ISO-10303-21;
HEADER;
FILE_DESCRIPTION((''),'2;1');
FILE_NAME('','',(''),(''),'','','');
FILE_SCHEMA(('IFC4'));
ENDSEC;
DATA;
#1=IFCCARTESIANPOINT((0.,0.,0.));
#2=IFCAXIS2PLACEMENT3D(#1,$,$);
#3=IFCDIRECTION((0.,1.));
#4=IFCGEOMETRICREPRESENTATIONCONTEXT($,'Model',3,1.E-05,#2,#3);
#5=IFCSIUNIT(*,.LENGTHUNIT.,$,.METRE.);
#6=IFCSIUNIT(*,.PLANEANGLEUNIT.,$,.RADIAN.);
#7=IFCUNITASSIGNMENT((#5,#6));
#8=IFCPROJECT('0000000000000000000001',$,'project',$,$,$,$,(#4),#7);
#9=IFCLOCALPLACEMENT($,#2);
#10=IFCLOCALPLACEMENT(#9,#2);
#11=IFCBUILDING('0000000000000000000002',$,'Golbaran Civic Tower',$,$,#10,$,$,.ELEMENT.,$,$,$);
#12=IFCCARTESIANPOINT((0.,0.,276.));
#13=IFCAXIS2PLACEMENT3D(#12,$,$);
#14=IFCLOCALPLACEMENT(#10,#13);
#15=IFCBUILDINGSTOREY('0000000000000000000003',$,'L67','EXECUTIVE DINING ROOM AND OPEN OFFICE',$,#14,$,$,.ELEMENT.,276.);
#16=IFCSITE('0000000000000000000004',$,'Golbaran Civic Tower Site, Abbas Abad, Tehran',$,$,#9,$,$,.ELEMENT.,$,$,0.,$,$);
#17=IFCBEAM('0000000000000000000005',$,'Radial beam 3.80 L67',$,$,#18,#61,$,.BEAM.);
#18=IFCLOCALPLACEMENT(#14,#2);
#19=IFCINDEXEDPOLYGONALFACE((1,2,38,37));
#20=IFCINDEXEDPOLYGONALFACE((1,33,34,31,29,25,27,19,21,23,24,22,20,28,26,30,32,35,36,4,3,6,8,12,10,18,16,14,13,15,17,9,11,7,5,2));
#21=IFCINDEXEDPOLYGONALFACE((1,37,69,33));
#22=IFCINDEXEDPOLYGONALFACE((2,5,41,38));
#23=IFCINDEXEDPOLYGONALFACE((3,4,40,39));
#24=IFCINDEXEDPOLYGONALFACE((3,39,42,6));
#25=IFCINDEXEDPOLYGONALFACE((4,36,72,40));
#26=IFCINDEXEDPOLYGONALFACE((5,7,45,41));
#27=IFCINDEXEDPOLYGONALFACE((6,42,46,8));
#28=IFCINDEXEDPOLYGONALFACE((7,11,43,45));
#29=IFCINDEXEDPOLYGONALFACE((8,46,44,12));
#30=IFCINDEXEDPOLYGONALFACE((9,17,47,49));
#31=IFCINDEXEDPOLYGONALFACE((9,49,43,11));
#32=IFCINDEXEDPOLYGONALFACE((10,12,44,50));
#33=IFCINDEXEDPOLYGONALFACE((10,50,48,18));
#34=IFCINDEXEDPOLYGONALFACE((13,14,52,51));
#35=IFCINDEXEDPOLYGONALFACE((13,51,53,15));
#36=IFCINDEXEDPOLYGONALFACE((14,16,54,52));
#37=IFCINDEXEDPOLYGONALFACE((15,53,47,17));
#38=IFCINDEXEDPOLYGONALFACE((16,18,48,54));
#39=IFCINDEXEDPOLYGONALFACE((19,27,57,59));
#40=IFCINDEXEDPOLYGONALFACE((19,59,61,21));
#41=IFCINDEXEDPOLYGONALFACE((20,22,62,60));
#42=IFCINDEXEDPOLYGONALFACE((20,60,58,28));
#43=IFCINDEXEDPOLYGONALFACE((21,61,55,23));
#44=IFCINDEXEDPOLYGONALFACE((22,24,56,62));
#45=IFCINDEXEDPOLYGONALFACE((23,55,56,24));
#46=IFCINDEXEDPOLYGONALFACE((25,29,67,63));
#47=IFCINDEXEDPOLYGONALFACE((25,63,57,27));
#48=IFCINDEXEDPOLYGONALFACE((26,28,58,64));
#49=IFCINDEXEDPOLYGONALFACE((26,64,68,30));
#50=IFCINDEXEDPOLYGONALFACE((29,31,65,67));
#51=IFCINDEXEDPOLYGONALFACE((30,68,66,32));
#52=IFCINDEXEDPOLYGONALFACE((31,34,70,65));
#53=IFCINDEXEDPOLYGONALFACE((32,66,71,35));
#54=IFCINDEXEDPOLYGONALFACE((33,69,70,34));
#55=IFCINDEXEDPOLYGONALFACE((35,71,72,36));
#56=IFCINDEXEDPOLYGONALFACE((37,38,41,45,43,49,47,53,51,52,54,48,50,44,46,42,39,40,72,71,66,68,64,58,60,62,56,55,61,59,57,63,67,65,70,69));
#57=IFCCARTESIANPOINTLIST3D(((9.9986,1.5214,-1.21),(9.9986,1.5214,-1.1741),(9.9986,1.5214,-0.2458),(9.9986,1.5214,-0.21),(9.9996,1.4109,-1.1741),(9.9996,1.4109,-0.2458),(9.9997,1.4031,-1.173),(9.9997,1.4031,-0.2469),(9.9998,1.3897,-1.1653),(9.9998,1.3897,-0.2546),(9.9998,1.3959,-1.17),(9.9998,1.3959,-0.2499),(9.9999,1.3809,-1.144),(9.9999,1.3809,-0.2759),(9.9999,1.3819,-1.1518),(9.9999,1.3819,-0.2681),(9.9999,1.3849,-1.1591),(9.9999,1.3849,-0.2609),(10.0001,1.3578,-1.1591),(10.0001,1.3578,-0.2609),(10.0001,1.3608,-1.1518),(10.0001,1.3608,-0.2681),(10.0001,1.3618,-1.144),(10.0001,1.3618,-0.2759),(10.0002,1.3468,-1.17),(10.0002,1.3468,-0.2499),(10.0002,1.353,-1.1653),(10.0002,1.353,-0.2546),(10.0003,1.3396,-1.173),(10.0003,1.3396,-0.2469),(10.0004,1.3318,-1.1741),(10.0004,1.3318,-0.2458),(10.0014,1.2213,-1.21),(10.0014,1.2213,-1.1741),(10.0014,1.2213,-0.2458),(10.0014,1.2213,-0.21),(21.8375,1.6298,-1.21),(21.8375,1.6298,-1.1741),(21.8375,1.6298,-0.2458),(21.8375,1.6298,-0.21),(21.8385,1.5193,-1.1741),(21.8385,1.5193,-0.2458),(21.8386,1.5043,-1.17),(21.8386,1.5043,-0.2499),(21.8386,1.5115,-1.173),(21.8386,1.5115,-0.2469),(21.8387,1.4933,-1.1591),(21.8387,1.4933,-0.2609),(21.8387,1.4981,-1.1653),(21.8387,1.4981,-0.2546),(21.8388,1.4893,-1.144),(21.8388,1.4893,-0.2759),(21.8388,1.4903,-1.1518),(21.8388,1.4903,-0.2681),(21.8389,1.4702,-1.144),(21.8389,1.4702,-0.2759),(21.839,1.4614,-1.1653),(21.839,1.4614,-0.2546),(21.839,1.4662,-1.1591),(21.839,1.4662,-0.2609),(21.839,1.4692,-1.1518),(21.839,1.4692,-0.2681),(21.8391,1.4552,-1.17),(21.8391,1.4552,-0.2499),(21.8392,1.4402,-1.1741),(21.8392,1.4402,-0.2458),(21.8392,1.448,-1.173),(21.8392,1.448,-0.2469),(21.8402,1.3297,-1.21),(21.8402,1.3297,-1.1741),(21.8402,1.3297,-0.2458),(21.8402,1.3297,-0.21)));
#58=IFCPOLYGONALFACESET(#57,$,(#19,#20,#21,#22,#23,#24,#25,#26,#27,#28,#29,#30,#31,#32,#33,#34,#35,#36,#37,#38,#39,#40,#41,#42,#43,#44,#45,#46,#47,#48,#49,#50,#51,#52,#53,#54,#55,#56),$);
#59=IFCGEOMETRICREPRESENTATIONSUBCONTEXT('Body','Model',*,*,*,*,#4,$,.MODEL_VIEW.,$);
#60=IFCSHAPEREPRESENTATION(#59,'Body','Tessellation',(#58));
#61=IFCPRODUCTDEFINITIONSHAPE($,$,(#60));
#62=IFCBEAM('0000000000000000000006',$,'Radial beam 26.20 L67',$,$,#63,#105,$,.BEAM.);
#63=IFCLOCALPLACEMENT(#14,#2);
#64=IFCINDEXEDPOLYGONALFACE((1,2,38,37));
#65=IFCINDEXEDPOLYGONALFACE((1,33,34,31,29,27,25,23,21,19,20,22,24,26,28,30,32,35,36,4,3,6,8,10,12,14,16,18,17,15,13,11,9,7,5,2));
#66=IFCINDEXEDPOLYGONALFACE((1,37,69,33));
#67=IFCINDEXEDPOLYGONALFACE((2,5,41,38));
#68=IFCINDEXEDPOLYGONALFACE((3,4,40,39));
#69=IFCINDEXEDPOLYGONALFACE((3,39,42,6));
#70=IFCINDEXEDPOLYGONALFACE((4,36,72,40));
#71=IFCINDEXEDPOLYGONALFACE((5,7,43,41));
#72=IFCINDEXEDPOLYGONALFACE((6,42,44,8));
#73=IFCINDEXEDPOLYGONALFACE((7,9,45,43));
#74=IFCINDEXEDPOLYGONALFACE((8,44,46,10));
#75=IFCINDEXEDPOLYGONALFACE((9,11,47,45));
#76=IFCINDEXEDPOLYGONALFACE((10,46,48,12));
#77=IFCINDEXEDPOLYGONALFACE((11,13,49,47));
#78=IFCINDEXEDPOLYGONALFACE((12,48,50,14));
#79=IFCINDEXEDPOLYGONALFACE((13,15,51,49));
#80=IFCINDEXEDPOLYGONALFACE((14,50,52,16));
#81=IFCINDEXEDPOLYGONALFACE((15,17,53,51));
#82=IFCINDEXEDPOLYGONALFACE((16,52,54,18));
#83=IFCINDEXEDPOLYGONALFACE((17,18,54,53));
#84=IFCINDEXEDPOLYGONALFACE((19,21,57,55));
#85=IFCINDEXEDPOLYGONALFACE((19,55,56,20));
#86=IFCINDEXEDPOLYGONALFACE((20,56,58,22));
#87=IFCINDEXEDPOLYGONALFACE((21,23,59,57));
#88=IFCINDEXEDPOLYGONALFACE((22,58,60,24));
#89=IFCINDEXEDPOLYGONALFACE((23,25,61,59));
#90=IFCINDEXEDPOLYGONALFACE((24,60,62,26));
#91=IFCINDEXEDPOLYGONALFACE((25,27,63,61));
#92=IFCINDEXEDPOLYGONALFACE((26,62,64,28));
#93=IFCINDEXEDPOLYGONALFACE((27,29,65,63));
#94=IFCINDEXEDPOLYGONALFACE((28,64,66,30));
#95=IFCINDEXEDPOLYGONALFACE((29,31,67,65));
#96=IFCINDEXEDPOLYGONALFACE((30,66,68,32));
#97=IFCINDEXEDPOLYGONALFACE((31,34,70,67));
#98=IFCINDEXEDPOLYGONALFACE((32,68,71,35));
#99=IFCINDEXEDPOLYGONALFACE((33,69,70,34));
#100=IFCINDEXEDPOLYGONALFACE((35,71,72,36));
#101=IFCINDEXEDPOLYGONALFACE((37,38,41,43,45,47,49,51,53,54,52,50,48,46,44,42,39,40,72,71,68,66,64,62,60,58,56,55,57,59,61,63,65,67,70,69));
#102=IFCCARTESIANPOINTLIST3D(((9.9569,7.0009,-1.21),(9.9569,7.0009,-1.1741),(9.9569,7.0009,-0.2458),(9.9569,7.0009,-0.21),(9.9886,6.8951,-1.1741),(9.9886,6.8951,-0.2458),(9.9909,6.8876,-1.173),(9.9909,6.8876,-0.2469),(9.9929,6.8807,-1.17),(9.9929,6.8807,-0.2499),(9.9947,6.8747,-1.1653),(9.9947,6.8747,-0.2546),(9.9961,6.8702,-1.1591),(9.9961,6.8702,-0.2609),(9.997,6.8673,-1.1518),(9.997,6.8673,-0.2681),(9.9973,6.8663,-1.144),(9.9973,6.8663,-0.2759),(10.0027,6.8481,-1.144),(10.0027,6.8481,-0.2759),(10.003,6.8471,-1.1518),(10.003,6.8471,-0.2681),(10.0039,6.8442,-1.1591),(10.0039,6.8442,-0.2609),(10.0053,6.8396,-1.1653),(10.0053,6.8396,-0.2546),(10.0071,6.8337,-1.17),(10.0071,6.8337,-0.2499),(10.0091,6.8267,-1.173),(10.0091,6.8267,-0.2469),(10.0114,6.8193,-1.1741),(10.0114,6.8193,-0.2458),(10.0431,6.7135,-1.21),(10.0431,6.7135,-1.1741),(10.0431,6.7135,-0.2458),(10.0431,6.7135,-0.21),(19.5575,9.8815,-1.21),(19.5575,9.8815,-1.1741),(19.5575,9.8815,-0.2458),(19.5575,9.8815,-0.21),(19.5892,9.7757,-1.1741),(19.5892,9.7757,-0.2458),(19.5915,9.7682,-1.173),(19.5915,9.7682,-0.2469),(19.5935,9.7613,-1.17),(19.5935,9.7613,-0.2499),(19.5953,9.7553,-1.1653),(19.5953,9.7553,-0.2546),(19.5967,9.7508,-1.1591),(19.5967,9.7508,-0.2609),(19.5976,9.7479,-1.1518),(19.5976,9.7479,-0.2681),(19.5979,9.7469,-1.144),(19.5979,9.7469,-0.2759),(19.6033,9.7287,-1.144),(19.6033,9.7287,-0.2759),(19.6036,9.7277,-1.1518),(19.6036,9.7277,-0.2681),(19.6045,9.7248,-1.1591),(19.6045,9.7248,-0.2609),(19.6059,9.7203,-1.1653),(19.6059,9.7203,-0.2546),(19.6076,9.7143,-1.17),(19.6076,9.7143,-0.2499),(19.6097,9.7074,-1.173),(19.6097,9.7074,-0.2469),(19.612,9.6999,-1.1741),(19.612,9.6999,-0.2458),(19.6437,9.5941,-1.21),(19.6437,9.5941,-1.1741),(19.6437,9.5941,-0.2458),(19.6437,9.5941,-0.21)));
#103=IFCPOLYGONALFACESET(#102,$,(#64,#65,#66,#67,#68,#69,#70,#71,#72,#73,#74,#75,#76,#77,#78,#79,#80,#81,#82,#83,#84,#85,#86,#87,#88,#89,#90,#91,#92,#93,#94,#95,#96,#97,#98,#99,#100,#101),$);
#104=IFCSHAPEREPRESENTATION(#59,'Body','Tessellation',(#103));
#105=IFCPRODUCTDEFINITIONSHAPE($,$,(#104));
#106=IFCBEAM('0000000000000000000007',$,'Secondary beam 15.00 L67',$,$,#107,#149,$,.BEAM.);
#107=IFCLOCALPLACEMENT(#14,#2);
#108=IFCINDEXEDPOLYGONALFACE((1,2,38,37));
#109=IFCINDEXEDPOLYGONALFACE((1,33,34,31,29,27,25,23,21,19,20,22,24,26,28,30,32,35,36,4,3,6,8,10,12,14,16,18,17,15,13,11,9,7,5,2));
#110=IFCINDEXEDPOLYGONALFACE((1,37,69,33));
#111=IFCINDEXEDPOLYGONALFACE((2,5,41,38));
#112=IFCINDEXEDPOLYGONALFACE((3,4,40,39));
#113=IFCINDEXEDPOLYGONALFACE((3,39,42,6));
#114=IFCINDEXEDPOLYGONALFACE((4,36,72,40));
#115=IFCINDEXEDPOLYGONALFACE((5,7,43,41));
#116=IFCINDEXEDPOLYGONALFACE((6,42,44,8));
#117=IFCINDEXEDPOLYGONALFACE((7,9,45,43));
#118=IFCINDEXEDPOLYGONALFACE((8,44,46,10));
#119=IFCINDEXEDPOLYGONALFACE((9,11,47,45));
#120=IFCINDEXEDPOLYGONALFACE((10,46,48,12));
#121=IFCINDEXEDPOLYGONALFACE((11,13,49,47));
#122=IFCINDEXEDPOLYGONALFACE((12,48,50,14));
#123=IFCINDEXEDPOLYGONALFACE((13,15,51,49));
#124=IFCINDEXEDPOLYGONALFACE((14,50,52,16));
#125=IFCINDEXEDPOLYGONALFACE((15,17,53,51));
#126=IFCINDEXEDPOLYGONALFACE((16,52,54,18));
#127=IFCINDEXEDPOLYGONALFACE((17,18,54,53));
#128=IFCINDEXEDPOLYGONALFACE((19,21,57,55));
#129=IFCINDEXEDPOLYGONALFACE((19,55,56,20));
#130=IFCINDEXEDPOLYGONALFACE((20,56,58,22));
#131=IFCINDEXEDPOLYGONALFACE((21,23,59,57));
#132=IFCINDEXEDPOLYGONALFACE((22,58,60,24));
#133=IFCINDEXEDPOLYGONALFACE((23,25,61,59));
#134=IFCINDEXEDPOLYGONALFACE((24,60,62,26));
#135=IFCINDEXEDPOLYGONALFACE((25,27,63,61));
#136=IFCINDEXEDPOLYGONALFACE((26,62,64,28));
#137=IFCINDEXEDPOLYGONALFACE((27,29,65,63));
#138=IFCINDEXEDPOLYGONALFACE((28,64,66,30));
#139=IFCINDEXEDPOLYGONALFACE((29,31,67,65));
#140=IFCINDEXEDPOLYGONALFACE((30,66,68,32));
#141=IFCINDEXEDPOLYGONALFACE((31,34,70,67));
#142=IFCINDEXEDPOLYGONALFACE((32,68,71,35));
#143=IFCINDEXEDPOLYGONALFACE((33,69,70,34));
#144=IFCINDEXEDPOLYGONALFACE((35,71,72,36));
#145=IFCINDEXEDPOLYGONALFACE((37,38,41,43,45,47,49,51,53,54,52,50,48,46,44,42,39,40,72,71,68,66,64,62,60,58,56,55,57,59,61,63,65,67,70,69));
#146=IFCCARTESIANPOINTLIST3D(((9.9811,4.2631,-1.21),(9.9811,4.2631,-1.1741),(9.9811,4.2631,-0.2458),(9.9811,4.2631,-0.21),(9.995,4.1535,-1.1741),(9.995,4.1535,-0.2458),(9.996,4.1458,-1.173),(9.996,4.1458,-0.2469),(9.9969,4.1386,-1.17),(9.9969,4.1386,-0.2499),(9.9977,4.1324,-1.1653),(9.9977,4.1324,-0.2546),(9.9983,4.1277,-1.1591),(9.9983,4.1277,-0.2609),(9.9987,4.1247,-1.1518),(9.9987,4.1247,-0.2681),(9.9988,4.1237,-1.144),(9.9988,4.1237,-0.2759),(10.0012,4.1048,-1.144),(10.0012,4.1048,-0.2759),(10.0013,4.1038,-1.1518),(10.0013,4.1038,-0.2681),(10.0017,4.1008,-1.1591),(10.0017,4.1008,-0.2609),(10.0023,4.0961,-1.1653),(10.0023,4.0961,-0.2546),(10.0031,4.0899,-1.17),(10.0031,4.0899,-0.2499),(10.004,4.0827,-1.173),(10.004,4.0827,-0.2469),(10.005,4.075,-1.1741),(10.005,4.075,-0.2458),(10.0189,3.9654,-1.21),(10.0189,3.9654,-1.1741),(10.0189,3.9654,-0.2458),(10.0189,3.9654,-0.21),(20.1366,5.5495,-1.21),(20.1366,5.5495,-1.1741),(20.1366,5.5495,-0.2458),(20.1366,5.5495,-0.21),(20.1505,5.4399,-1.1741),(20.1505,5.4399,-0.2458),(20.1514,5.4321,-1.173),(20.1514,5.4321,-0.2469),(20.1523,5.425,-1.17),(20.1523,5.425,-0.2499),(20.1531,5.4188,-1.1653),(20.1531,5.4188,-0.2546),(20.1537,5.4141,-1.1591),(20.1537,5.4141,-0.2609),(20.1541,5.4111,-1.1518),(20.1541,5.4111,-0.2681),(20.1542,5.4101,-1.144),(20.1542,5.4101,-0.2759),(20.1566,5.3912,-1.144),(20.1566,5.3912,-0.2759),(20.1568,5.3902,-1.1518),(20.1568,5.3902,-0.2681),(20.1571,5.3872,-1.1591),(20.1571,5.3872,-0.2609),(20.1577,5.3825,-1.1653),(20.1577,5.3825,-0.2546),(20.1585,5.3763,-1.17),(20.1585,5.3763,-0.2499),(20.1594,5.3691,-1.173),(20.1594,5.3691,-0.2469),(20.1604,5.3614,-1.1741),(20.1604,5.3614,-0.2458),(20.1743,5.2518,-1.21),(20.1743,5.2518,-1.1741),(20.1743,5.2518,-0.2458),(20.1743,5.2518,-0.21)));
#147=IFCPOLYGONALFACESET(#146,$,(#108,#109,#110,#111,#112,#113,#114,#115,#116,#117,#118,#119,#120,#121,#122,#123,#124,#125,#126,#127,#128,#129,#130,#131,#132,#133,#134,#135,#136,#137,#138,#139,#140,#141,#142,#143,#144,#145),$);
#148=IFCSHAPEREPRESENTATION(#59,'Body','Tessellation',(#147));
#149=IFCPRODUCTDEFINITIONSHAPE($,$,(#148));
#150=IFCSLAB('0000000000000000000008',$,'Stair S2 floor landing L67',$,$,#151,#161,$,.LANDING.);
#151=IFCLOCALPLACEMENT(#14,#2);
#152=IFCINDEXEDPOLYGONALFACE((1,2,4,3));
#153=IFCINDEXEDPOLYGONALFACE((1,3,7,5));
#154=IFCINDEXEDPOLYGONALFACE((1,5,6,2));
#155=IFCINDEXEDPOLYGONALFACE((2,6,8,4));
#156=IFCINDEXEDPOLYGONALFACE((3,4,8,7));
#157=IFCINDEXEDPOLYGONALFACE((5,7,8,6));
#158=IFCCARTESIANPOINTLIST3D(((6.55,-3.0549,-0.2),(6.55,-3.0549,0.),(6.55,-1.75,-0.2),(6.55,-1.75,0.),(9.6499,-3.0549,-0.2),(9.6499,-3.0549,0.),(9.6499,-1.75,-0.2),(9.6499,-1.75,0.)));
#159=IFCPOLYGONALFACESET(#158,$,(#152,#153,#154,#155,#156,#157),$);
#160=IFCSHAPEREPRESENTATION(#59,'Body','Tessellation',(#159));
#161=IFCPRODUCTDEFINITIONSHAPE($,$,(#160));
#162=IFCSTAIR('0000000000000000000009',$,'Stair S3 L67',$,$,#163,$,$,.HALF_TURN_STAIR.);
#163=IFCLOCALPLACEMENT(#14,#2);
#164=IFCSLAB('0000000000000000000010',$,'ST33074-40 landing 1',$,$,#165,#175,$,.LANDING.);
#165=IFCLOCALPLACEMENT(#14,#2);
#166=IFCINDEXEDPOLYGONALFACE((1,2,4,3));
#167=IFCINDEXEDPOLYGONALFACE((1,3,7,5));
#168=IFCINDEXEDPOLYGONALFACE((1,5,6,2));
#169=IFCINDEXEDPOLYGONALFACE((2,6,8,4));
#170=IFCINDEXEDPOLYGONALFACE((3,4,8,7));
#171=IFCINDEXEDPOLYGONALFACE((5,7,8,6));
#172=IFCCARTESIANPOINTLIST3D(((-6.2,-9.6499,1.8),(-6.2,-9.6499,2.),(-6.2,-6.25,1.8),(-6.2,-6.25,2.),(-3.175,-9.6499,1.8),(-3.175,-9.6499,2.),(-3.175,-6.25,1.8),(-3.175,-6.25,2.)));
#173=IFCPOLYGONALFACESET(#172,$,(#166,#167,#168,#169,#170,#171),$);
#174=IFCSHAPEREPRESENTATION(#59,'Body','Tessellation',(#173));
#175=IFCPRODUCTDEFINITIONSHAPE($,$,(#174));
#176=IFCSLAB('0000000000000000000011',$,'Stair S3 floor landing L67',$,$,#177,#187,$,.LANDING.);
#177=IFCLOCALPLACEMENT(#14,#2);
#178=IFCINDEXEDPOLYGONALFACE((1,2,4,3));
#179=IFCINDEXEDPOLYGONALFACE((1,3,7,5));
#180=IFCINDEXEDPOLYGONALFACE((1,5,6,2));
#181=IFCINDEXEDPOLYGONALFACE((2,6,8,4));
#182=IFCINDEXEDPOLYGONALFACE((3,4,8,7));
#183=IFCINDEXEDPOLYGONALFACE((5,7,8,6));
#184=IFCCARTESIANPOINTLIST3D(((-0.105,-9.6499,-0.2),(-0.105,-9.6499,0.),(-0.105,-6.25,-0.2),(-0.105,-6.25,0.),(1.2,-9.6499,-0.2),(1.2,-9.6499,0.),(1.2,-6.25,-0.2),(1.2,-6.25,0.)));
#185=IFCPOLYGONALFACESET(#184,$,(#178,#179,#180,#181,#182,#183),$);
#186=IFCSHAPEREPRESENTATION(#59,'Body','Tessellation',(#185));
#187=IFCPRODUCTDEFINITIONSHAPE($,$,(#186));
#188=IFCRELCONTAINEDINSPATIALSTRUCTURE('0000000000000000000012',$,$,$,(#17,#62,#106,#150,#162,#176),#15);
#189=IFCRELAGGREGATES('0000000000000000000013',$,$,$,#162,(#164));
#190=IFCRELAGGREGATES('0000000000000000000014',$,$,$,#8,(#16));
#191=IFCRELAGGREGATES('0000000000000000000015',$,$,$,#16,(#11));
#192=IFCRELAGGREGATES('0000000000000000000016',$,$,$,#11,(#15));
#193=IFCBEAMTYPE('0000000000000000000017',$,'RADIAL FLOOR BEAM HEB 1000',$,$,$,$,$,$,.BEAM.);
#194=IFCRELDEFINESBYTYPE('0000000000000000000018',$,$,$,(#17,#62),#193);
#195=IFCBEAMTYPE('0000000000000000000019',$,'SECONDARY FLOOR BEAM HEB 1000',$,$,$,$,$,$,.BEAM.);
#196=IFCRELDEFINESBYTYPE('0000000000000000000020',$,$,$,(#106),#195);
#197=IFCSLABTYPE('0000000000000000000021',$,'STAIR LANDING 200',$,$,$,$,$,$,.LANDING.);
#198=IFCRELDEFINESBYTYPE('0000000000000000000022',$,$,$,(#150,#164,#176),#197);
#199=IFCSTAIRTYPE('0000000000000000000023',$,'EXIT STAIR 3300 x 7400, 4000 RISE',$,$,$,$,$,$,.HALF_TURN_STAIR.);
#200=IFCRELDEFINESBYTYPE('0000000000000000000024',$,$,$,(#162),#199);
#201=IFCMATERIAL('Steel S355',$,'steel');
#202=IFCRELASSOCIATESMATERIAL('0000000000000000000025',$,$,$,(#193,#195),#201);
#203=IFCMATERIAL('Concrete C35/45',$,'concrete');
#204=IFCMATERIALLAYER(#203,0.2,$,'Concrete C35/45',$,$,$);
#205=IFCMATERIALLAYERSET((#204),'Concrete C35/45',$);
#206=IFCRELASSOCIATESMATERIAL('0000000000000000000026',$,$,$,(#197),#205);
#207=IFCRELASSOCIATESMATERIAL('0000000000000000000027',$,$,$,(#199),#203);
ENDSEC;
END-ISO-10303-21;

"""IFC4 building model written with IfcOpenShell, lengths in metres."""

from ifc_helpers import new_model, si_unit, direction, frame, origin, origin_2d, place, context, subcontext, project, spatial, polyline, i_section, outline, extrude, material, layer, layer_set, material_profile, profile_set, type_object, element, aggregate, save


model = new_model("IFC4")

# Units and contexts
model_context = context("Model", 3, precision=1e-05, world=origin(), true_north=direction((0.0, 1.0)))
body_context = subcontext(model_context, "Body", "Model", "MODEL_VIEW")
ifc_project = project(units=[si_unit("LENGTHUNIT", "METRE"), si_unit("PLANEANGLEUNIT", "RADIAN")], contexts=[model_context])

# Site, building, storey
site_placement = place(None, origin())
site = spatial("IfcSite", under=ifc_project, at=site_placement, Name="Golbaran Civic Tower Site, Abbas Abad, Tehran", CompositionType="ELEMENT", RefElevation=0.0)
building_placement = place(site_placement, origin())
building = spatial("IfcBuilding", under=site, at=building_placement, Name="Golbaran Civic Tower", CompositionType="ELEMENT")
storey_placement = place(building_placement, frame((0.0, 0.0, 276.0)))
storey = spatial("IfcBuildingStorey", under=building, at=storey_placement, Name="L67", Description="EXECUTIVE DINING ROOM AND OPEN OFFICE", CompositionType="ELEMENT", Elevation=276.0)

# Beams
ifc_material_1 = material(Name="Steel S355", Category="steel")
ifc_material_profile_1 = material_profile(ifc_material_1, i_section(OverallWidth=0.3, OverallDepth=1.0, WebThickness=0.019, FlangeThickness=0.0359, FilletRadius=0.03, at=origin_2d()), Name="HEB 1000")
ifc_profile_set_1 = profile_set([ifc_material_profile_1], Name="Steel S355")
beam_type_1 = type_object("IfcBeamType", Name="RADIAL FLOOR BEAM HEB 1000", PredefinedType="BEAM", material=ifc_profile_set_1)
beam_1_placement = place(storey_placement, frame((10.0, 1.3713, -0.71), z_axis=(0.999958, 0.009156, 0.0), x_axis=(-0.009156, 0.999958, 0.0)))
element("IfcBeam", 1, at=beam_1_placement, inside=storey, type_object=beam_type_1, Name="Radial beam 3.80 L67", PredefinedType="BEAM", context=body_context, shape_type="SweptSolid", body=[
    extrude(i_section(OverallWidth=0.3, OverallDepth=1.0, WebThickness=0.019, FlangeThickness=0.0359, FilletRadius=0.03, at=origin_2d()), origin(), (0.0, 0.0, 1.0), 11.8394),
])
beam_2_placement = place(storey_placement, frame((10.0, 6.8572, -0.71), z_axis=(0.957814, 0.287388, 0.0), x_axis=(-0.287388, 0.957814, 0.0)))
element("IfcBeam", 2, at=beam_2_placement, inside=storey, type_object=beam_type_1, Name="Radial beam 26.20 L67", PredefinedType="BEAM", context=body_context, shape_type="SweptSolid", body=[
    extrude(i_section(OverallWidth=0.3, OverallDepth=1.0, WebThickness=0.019, FlangeThickness=0.0359, FilletRadius=0.03, at=origin_2d()), origin(), (0.0, 0.0, 1.0), 10.0234),
])
ifc_material_profile_2 = material_profile(ifc_material_1, i_section(OverallWidth=0.3, OverallDepth=1.0, WebThickness=0.019, FlangeThickness=0.0359, FilletRadius=0.03, at=origin_2d()), Name="HEB 1000")
ifc_profile_set_2 = profile_set([ifc_material_profile_2], Name="Steel S355")
beam_type_2 = type_object("IfcBeamType", Name="SECONDARY FLOOR BEAM HEB 1000", PredefinedType="BEAM", material=ifc_profile_set_2)
beam_3_placement = place(storey_placement, frame((10.0, 4.1143, -0.71), z_axis=(0.992073, 0.125664, 0.0), x_axis=(-0.125664, 0.992073, 0.0)))
element("IfcBeam", 3, at=beam_3_placement, inside=storey, type_object=beam_type_2, Name="Secondary beam 15.00 L67", PredefinedType="BEAM", context=body_context, shape_type="SweptSolid", body=[
    extrude(i_section(OverallWidth=0.3, OverallDepth=1.0, WebThickness=0.019, FlangeThickness=0.0359, FilletRadius=0.03, at=origin_2d()), origin(), (0.0, 0.0, 1.0), 10.2366),
])

# Slab
ifc_material_2 = material(Name="Concrete C35/45", Category="concrete")
ifc_layer_1 = layer(ifc_material_2, 0.2, Name="Concrete C35/45")
ifc_layer_set_1 = layer_set([ifc_layer_1], Name="Concrete C35/45")
slab_type = type_object("IfcSlabType", Name="STAIR LANDING 200", PredefinedType="LANDING", material=ifc_layer_set_1)
slab_1_placement = place(storey_placement, frame((0.0, 0.0, -0.2)))
element("IfcSlab", 4, at=slab_1_placement, inside=storey, type_object=slab_type, Name="Stair S2 floor landing L67", PredefinedType="LANDING", context=body_context, shape_type="SweptSolid", body=[
    extrude(outline(polyline([(9.6499, -1.75), (9.6499, -3.0549), (6.55, -3.0549), (6.55, -1.75), (9.6499, -1.75)])), origin(), (0.0, 0.0, 1.0), 0.2),
])

# Stair, slab
stair_type = type_object("IfcStairType", Name="EXIT STAIR 3300 x 7400, 4000 RISE", PredefinedType="HALF_TURN_STAIR", material=ifc_material_2)
stair_placement = place(storey_placement, origin())
stair = element("IfcStair", 5, at=stair_placement, inside=storey, type_object=stair_type, Name="Stair S3 L67", PredefinedType="HALF_TURN_STAIR")
slab_2_placement = place(storey_placement, frame((0.0, 0.0, 1.8)))
slab_2 = element("IfcSlab", 6, at=slab_2_placement, type_object=slab_type, Name="ST33074-40 landing 1", PredefinedType="LANDING", context=body_context, shape_type="SweptSolid", body=[
    extrude(outline(polyline([(-3.175, -9.6499), (-6.2, -9.6499), (-6.2, -6.25), (-3.175, -6.25), (-3.175, -9.6499)])), origin(), (0.0, 0.0, 1.0), 0.2),
])
aggregate(stair, [slab_2])

# Slab
slab_3_placement = place(storey_placement, frame((0.0, 0.0, -0.2)))
element("IfcSlab", 7, at=slab_3_placement, inside=storey, type_object=slab_type, Name="Stair S3 floor landing L67", PredefinedType="LANDING", context=body_context, shape_type="SweptSolid", body=[
    extrude(outline(polyline([(1.2, -9.6499), (-0.105, -9.6499), (-0.105, -6.25), (1.2, -6.25), (1.2, -9.6499)])), origin(), (0.0, 0.0, 1.0), 0.2),
])

save(model, "model.ifc")
